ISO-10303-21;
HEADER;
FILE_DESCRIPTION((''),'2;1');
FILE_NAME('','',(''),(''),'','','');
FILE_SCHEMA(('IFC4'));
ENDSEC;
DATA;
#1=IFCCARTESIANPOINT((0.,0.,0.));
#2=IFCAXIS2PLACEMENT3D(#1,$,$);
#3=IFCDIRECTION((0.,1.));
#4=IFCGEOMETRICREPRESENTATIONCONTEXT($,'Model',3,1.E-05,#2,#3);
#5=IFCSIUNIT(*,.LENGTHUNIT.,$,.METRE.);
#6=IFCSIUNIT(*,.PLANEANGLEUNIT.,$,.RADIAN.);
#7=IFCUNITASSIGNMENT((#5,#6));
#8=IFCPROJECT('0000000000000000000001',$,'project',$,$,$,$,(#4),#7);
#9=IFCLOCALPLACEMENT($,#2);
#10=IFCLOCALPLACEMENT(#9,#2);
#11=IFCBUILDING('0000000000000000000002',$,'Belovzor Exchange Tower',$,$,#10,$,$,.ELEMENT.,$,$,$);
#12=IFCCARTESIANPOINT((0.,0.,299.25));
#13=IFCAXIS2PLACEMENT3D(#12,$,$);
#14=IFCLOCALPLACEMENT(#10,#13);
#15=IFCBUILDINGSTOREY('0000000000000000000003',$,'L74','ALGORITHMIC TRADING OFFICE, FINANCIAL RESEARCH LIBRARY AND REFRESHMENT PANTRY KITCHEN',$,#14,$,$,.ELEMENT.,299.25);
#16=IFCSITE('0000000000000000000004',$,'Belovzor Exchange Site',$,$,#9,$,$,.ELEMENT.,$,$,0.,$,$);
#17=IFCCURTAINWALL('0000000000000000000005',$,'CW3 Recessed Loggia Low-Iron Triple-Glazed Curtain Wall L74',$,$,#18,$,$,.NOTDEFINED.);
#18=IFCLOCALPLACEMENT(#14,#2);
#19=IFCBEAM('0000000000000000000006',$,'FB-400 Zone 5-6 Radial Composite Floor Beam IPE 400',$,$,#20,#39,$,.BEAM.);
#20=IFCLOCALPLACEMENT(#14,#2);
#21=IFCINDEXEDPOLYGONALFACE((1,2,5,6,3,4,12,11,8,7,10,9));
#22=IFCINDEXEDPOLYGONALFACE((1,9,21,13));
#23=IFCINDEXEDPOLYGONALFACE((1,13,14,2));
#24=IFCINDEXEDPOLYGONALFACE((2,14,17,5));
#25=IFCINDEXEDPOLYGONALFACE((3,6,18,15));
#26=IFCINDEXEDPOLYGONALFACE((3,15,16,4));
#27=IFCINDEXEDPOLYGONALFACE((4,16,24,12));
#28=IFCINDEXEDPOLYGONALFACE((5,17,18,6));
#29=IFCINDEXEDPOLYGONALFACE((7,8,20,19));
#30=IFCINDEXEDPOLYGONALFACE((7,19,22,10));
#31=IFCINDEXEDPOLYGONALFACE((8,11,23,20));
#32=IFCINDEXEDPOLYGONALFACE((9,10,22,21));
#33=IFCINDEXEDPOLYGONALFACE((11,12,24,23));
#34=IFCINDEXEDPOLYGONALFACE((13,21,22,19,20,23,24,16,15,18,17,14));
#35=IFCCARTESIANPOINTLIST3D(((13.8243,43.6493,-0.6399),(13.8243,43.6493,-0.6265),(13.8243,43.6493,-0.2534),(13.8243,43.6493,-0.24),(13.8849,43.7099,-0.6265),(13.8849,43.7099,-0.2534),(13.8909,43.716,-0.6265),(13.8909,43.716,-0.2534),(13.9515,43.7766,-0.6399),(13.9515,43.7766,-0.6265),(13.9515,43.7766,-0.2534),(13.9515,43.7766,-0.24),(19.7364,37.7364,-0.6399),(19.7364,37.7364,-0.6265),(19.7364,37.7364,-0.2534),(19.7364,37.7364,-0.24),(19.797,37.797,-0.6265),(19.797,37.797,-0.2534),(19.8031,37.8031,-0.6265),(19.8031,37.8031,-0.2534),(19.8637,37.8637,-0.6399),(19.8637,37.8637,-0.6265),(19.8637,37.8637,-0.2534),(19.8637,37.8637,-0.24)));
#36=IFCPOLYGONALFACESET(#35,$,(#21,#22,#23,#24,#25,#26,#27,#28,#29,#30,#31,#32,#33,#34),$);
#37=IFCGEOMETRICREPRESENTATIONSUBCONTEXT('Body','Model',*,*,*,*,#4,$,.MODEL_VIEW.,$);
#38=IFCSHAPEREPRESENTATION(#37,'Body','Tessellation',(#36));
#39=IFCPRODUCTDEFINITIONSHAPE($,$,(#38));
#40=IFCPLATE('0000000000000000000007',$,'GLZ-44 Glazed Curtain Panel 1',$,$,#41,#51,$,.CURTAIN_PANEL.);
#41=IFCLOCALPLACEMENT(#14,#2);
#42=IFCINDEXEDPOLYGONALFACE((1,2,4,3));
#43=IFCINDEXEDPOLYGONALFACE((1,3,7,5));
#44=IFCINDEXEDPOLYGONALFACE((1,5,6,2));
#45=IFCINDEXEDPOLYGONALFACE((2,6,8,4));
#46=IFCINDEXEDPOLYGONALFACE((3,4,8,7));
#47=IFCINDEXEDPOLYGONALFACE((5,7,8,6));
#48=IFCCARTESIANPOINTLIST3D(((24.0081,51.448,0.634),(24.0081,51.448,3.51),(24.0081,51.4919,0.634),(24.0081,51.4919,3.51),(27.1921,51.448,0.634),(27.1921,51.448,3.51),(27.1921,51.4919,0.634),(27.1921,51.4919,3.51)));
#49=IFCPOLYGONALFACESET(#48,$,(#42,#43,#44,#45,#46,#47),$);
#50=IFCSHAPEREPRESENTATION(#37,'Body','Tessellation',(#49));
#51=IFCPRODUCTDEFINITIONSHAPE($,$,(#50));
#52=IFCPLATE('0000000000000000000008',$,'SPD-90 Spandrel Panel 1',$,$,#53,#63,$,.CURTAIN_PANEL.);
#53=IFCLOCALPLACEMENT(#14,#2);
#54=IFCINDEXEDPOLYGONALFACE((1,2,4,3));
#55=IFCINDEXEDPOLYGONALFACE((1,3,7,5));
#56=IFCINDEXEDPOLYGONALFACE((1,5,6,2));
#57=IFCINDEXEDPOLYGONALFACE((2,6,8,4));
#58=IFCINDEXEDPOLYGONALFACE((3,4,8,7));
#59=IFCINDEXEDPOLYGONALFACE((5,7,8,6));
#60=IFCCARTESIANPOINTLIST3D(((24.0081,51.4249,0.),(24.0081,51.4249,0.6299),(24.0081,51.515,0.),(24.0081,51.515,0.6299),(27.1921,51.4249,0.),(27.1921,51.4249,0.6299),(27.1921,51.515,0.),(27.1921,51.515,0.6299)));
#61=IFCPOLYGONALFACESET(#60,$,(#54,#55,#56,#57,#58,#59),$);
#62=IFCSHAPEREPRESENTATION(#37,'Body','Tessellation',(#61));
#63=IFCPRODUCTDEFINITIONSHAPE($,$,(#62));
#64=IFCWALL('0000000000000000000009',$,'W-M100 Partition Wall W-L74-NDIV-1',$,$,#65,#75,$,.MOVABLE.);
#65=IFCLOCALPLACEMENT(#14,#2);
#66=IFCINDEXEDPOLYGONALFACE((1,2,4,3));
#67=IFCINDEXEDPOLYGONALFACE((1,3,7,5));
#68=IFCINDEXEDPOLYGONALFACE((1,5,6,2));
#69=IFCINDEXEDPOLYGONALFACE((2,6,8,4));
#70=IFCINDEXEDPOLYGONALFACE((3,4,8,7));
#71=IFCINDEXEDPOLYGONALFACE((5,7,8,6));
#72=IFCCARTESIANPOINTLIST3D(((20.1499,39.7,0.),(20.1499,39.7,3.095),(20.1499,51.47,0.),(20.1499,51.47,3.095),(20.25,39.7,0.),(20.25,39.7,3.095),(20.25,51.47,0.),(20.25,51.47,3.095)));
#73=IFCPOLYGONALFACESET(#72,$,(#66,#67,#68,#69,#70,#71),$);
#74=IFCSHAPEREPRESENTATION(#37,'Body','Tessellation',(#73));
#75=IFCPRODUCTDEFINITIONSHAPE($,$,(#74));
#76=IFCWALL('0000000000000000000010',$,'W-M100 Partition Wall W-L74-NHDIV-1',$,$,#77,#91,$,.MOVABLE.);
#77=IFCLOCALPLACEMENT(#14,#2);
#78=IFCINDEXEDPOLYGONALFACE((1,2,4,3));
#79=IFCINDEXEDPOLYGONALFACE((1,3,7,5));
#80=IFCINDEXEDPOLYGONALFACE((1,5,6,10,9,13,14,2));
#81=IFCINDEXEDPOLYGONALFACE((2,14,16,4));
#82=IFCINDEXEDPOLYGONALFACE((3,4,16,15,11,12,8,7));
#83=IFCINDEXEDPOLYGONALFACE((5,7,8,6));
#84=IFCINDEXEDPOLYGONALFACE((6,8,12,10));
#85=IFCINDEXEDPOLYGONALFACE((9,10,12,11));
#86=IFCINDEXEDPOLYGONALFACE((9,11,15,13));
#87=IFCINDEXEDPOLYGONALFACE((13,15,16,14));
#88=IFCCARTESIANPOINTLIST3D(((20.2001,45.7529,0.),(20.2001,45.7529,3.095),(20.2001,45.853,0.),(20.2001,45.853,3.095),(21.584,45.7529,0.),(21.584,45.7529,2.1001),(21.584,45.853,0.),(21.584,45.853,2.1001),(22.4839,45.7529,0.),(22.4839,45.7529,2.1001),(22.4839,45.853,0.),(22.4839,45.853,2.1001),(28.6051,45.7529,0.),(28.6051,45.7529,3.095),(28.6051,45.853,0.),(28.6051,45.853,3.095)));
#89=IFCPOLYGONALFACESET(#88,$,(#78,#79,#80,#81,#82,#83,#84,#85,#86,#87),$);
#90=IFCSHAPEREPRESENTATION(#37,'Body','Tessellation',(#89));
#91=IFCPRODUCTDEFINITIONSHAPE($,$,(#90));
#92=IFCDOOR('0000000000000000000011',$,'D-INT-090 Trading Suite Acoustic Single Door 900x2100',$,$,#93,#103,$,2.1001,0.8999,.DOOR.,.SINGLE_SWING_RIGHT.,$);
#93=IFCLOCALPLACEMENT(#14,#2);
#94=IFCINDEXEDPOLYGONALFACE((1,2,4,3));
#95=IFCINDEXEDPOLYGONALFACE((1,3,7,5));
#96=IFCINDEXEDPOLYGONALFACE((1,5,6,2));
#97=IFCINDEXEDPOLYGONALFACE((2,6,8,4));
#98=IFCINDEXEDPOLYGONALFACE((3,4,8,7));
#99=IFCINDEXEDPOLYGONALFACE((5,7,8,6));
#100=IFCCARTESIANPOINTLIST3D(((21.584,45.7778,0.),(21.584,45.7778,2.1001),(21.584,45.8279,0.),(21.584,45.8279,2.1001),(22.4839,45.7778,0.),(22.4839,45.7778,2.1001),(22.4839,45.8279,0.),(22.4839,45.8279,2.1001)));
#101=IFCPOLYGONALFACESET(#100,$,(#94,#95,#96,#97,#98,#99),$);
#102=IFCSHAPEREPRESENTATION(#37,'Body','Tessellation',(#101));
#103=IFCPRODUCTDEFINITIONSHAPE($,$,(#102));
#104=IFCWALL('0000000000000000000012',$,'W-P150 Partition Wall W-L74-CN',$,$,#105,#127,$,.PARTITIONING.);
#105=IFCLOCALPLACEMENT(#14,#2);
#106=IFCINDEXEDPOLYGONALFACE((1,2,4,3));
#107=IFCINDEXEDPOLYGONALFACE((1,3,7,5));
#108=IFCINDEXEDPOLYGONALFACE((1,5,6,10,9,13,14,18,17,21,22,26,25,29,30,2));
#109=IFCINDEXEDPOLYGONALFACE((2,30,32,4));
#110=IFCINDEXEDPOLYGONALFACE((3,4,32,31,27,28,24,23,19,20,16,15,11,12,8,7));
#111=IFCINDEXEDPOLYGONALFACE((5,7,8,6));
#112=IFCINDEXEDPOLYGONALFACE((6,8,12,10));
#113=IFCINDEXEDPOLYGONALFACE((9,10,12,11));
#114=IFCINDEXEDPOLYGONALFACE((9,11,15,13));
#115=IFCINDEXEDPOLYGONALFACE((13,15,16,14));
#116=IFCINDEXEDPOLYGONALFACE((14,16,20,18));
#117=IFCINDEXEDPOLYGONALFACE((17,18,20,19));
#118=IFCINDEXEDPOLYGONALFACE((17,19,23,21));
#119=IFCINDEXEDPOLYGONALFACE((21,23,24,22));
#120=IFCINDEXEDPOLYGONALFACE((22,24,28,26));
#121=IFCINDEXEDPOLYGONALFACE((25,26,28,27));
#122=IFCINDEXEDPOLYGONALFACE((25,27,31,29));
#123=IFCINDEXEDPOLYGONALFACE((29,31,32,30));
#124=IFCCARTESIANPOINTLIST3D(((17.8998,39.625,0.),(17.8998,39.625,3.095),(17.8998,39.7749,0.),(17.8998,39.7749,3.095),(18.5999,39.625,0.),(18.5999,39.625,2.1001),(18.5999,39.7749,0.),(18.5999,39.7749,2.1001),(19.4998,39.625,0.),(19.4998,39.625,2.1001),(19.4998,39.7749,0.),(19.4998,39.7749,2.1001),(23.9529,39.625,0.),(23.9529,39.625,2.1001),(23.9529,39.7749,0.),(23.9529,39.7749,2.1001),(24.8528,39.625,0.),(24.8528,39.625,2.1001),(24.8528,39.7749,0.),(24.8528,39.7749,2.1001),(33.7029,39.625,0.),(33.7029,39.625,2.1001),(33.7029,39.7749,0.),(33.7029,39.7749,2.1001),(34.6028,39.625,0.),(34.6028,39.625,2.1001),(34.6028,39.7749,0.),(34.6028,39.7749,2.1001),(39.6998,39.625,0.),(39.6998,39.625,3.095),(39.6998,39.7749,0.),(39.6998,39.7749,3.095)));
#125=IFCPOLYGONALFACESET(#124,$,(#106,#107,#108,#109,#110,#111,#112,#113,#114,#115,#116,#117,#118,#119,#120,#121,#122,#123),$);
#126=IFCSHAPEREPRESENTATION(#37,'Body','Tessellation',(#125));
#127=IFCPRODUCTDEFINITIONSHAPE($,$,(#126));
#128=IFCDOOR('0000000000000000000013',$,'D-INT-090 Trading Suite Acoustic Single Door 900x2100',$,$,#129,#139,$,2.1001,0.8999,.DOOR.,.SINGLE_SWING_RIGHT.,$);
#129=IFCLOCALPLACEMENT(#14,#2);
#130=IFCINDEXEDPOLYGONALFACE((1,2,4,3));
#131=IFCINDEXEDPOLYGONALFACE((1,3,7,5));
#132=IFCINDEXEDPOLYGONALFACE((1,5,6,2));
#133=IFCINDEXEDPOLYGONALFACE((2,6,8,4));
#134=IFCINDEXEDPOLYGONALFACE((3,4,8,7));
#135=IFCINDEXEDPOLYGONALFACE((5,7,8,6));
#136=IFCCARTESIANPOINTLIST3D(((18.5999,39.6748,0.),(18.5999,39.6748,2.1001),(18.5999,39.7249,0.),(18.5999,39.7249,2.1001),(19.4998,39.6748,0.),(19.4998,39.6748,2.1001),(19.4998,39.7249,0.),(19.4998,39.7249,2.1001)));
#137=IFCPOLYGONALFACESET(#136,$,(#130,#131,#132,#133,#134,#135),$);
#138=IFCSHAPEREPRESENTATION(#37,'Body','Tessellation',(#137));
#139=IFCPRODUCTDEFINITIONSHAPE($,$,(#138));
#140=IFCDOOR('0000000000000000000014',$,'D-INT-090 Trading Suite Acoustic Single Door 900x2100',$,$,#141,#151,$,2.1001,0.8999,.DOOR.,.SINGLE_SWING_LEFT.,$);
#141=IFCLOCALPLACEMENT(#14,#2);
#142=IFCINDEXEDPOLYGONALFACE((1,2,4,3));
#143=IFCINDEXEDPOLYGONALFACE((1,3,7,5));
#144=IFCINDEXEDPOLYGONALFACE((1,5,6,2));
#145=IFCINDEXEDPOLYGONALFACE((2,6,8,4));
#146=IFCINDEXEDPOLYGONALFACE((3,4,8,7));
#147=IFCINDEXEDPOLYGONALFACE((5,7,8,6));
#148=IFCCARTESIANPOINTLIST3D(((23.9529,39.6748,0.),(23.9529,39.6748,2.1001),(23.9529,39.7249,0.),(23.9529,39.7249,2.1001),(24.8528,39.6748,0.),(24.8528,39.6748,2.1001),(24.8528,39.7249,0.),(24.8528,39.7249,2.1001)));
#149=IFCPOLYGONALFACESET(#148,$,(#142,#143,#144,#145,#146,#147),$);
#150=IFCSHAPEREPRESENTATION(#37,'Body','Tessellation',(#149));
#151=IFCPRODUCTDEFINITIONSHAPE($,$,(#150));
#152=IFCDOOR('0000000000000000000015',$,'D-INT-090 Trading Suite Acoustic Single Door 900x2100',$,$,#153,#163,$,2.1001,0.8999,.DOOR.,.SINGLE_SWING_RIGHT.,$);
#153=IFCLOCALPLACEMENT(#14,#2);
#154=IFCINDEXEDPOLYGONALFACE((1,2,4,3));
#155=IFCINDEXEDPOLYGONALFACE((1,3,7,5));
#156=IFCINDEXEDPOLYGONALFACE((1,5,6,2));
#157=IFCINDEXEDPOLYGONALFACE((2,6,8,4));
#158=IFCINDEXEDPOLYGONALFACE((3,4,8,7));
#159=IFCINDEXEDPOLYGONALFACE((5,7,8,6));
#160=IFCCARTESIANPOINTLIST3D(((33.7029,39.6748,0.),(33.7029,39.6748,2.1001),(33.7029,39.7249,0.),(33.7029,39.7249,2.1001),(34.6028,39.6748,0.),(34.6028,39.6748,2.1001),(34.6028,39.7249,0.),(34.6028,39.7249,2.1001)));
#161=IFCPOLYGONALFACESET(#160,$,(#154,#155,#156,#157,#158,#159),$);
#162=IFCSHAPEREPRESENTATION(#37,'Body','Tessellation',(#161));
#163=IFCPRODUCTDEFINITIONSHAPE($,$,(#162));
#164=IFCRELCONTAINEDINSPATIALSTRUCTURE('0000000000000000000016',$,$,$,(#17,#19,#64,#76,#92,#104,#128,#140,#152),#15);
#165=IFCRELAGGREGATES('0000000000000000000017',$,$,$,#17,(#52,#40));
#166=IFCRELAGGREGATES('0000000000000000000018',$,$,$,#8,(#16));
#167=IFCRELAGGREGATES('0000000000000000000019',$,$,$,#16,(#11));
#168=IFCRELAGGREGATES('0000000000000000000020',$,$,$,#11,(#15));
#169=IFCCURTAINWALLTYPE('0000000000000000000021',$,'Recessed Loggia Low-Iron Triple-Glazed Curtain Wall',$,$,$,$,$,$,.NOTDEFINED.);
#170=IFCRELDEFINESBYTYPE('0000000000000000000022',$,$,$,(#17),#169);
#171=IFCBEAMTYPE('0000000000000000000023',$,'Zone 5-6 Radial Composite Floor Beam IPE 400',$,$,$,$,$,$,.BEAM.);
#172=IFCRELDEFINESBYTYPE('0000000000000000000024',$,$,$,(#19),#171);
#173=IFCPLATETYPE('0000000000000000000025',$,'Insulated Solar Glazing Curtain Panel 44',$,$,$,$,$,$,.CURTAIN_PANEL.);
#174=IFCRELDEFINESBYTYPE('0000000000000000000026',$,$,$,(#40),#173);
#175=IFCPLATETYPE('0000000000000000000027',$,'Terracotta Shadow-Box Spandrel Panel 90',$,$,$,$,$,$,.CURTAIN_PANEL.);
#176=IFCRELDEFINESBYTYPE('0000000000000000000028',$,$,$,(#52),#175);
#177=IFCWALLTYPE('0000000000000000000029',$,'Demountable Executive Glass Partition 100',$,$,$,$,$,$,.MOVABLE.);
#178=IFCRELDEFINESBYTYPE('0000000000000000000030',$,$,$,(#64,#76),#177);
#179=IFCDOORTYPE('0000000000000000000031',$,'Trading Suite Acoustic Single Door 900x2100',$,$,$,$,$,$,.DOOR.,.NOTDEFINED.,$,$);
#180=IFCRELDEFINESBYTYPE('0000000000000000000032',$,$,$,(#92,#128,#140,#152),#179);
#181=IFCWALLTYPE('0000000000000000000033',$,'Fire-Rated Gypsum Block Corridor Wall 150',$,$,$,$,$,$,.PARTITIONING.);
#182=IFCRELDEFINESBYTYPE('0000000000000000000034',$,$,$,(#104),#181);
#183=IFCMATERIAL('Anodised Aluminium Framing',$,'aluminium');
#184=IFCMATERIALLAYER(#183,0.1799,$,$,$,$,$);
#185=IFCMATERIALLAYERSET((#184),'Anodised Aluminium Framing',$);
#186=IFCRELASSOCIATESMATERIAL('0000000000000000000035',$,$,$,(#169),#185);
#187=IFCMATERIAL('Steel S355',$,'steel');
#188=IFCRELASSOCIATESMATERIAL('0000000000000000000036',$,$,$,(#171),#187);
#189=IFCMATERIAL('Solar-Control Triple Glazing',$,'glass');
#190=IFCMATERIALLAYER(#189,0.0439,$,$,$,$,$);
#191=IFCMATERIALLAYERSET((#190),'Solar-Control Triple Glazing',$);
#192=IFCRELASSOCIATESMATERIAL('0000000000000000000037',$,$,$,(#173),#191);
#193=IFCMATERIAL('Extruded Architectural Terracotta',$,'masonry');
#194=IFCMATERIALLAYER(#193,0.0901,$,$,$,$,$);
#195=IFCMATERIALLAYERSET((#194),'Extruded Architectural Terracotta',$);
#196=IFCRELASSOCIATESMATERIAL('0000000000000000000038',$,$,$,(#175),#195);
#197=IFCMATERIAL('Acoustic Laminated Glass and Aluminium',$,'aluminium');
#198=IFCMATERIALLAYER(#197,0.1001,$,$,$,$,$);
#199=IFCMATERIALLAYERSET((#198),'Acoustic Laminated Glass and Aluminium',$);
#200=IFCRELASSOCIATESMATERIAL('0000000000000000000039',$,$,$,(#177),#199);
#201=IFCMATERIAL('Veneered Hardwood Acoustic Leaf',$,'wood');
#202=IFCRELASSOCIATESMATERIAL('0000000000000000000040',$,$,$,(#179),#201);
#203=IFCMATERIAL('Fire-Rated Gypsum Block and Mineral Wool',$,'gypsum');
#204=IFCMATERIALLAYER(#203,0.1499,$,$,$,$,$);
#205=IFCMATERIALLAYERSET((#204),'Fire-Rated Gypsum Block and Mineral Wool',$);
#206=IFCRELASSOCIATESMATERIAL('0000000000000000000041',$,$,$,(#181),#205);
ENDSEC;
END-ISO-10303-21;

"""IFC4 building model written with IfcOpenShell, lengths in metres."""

from ifc_helpers import new_model, si_unit, direction, frame, frame_2d, origin, origin_2d, place, context, subcontext, project, spatial, rectangle, i_section, extrude, material, layer, layer_set, material_profile, profile_set, type_object, element, fill, aggregate, save


model = new_model("IFC4")

# Units and contexts
model_context = context("Model", 3, precision=1e-05, world=origin(), true_north=direction((0.0, 1.0)))
body_context = subcontext(model_context, "Body", "Model", "MODEL_VIEW")
ifc_project = project(units=[si_unit("LENGTHUNIT", "METRE"), si_unit("PLANEANGLEUNIT", "RADIAN")], contexts=[model_context])

# Site, building, storey
site_placement = place(None, origin())
site = spatial("IfcSite", under=ifc_project, at=site_placement, Name="Belovzor Exchange Site", CompositionType="ELEMENT", RefElevation=0.0)
building_placement = place(site_placement, origin())
building = spatial("IfcBuilding", under=site, at=building_placement, Name="Belovzor Exchange Tower", CompositionType="ELEMENT")
storey_placement = place(building_placement, frame((0.0, 0.0, 299.25)))
storey = spatial("IfcBuildingStorey", under=building, at=storey_placement, Name="L74", Description="ALGORITHMIC TRADING OFFICE, FINANCIAL RESEARCH LIBRARY AND REFRESHMENT PANTRY KITCHEN", CompositionType="ELEMENT", Elevation=299.25)

# Curtain wall
ifc_material_1 = material(Name="Anodised Aluminium Framing", Category="aluminium")
ifc_layer_1 = layer(ifc_material_1, 0.1799)
ifc_layer_set_1 = layer_set([ifc_layer_1], Name="Anodised Aluminium Framing")
curtain_wall_type = type_object("IfcCurtainWallType", Name="Recessed Loggia Low-Iron Triple-Glazed Curtain Wall", PredefinedType="NOTDEFINED", material=ifc_layer_set_1)
curtain_wall_placement = place(storey_placement, origin())
curtain_wall = element("IfcCurtainWall", 1, at=curtain_wall_placement, inside=storey, type_object=curtain_wall_type, Name="CW3 Recessed Loggia Low-Iron Triple-Glazed Curtain Wall L74", PredefinedType="NOTDEFINED")

# Beam
ifc_material_2 = material(Name="Steel S355", Category="steel")
ifc_material_profile_1 = material_profile(ifc_material_2, i_section(OverallWidth=0.1799, OverallDepth=0.3999, WebThickness=0.0085, FlangeThickness=0.0134, at=origin_2d()))
ifc_profile_set_1 = profile_set([ifc_material_profile_1], Name="Steel S355")
beam_type_1 = type_object("IfcBeamType", Name="Zone 5-6 Radial Composite Floor Beam IPE 400", PredefinedType="BEAM", material=ifc_profile_set_1)
beam_1_placement = place(storey_placement, frame((19.8, 37.8, -0.4399), z_axis=(-0.707063, 0.707151, 0.0), x_axis=(-0.707151, -0.707063, 0.0)))
element("IfcBeam", 2, at=beam_1_placement, inside=storey, type_object=beam_type_1, Name="FB-400 Zone 5-6 Radial Composite Floor Beam IPE 400", PredefinedType="BEAM", context=body_context, shape_type="SweptSolid", body=[
    extrude(i_section(OverallWidth=0.1799, OverallDepth=0.3999, WebThickness=0.0085, FlangeThickness=0.0134, at=origin_2d()), origin(), (0.0, 0.0, 1.0), 8.3616),
])

# Plates
ifc_material_3 = material(Name="Solar-Control Triple Glazing", Category="glass")
ifc_layer_2 = layer(ifc_material_3, 0.0439)
ifc_layer_set_2 = layer_set([ifc_layer_2], Name="Solar-Control Triple Glazing")
plate_type_1 = type_object("IfcPlateType", Name="Insulated Solar Glazing Curtain Panel 44", PredefinedType="CURTAIN_PANEL", material=ifc_layer_set_2)
plate_1_placement = place(storey_placement, frame((25.6001, 51.47, 0.634), z_axis=(0.0, 0.0, 1.0), x_axis=(1.0, 0.0, 0.0)))
plate_1 = element("IfcPlate", 3, at=plate_1_placement, type_object=plate_type_1, Name="GLZ-44 Glazed Curtain Panel 1", PredefinedType="CURTAIN_PANEL", context=body_context, shape_type="SweptSolid", body=[
    extrude(rectangle(XDim=3.1841, YDim=0.0439, at=origin_2d()), origin(), (0.0, 0.0, 1.0), 2.876),
])
ifc_material_4 = material(Name="Extruded Architectural Terracotta", Category="masonry")
ifc_layer_3 = layer(ifc_material_4, 0.0901)
ifc_layer_set_3 = layer_set([ifc_layer_3], Name="Extruded Architectural Terracotta")
plate_type_2 = type_object("IfcPlateType", Name="Terracotta Shadow-Box Spandrel Panel 90", PredefinedType="CURTAIN_PANEL", material=ifc_layer_set_3)
plate_2_placement = place(storey_placement, frame((25.6001, 51.47, 0.0), z_axis=(0.0, 0.0, 1.0), x_axis=(1.0, 0.0, 0.0)))
plate_2 = element("IfcPlate", 4, at=plate_2_placement, type_object=plate_type_2, Name="SPD-90 Spandrel Panel 1", PredefinedType="CURTAIN_PANEL", context=body_context, shape_type="SweptSolid", body=[
    extrude(rectangle(XDim=3.1841, YDim=0.0901, at=origin_2d()), origin(), (0.0, 0.0, 1.0), 0.6299),
])
aggregate(curtain_wall, [plate_2, plate_1])

# Wall
ifc_material_5 = material(Name="Acoustic Laminated Glass and Aluminium", Category="aluminium")
ifc_layer_4 = layer(ifc_material_5, 0.1001)
ifc_layer_set_4 = layer_set([ifc_layer_4], Name="Acoustic Laminated Glass and Aluminium")
wall_type_1 = type_object("IfcWallType", Name="Demountable Executive Glass Partition 100", PredefinedType="MOVABLE", material=ifc_layer_set_4)
wall_1_placement = place(storey_placement, frame((20.2, 39.7, 0.0), z_axis=(0.0, 0.0, 1.0), x_axis=(0.0, 1.0, 0.0)))
element("IfcWall", 5, at=wall_1_placement, inside=storey, type_object=wall_type_1, Name="W-M100 Partition Wall W-L74-NDIV-1", PredefinedType="MOVABLE", context=body_context, shape_type="SweptSolid", body=[
    extrude(rectangle(XDim=11.77, YDim=0.1001, at=frame_2d((5.885, 0.0))), origin(), (0.0, 0.0, 1.0), 3.095),
])

# Wall, opening, door
wall_2_placement = place(storey_placement, frame((20.2, 45.803, 0.0), z_axis=(0.0, 0.0, 1.0), x_axis=(1.0, 0.0, 0.0)))
wall_2 = element("IfcWall", 6, at=wall_2_placement, inside=storey, type_object=wall_type_1, Name="W-M100 Partition Wall W-L74-NHDIV-1", PredefinedType="MOVABLE", context=body_context, shape_type="SweptSolid", body=[
    extrude(rectangle(XDim=8.405, YDim=0.1001, at=frame_2d((4.2026, 0.0))), origin(), (0.0, 0.0, 1.0), 3.095),
])
opening_1_placement = place(wall_2_placement, frame((1.384, 0.0, 0.0)))
opening_1 = element("IfcOpeningElement", 7, at=opening_1_placement, cuts=wall_2, PredefinedType="OPENING", context=body_context, shape_type="SweptSolid", body=[
    extrude(rectangle(XDim=0.8999, YDim=2.1001, at=frame_2d((0.45, 1.05))), frame((0.0, 0.0601, 0.0), z_axis=(0.0, -1.0, 0.0), x_axis=(1.0, 0.0, 0.0)), (0.0, 0.0, 1.0), 0.1201),
])
ifc_material_6 = material(Name="Veneered Hardwood Acoustic Leaf", Category="wood")
door_type_1 = type_object("IfcDoorType", Name="Trading Suite Acoustic Single Door 900x2100", OperationType="NOTDEFINED", PredefinedType="DOOR", material=ifc_material_6)
door_1_placement = place(opening_1_placement, origin())
door_1 = element("IfcDoor", 8, at=door_1_placement, inside=storey, type_object=door_type_1, Name="D-INT-090 Trading Suite Acoustic Single Door 900x2100", OperationType="SINGLE_SWING_RIGHT", OverallHeight=2.1001, OverallWidth=0.8999, PredefinedType="DOOR", context=body_context, shape_type="SweptSolid", body=[
    extrude(rectangle(XDim=0.8999, YDim=2.1001, at=frame_2d((0.45, 1.05))), frame((0.0, 0.0249, 0.0), z_axis=(0.0, -1.0, 0.0), x_axis=(1.0, 0.0, 0.0)), (0.0, 0.0, 1.0), 0.05),
])
fill(opening_1, door_1)

# Wall, openings, doors
ifc_material_7 = material(Name="Fire-Rated Gypsum Block and Mineral Wool", Category="gypsum")
ifc_layer_5 = layer(ifc_material_7, 0.1499)
ifc_layer_set_5 = layer_set([ifc_layer_5], Name="Fire-Rated Gypsum Block and Mineral Wool")
wall_type_2 = type_object("IfcWallType", Name="Fire-Rated Gypsum Block Corridor Wall 150", PredefinedType="PARTITIONING", material=ifc_layer_set_5)
wall_3_placement = place(storey_placement, frame((17.8999, 39.7, 0.0), z_axis=(0.0, 0.0, 1.0), x_axis=(1.0, 0.0, 0.0)))
wall_3 = element("IfcWall", 9, at=wall_3_placement, inside=storey, type_object=wall_type_2, Name="W-P150 Partition Wall W-L74-CN", PredefinedType="PARTITIONING", context=body_context, shape_type="SweptSolid", body=[
    extrude(rectangle(XDim=21.8, YDim=0.1499, at=frame_2d((10.8999, 0.0))), origin(), (0.0, 0.0, 1.0), 3.095),
])
opening_2_placement = place(wall_3_placement, frame((0.7, 0.0, 0.0)))
opening_2 = element("IfcOpeningElement", 10, at=opening_2_placement, cuts=wall_3, PredefinedType="OPENING", context=body_context, shape_type="SweptSolid", body=[
    extrude(rectangle(XDim=0.8999, YDim=2.1001, at=frame_2d((0.45, 1.05))), frame((0.0, 0.085, 0.0), z_axis=(0.0, -1.0, 0.0), x_axis=(1.0, 0.0, 0.0)), (0.0, 0.0, 1.0), 0.1699),
])
opening_3_placement = place(wall_3_placement, frame((6.053, 0.0, 0.0)))
opening_3 = element("IfcOpeningElement", 11, at=opening_3_placement, cuts=wall_3, PredefinedType="OPENING", context=body_context, shape_type="SweptSolid", body=[
    extrude(rectangle(XDim=0.8999, YDim=2.1001, at=frame_2d((0.45, 1.05))), frame((0.0, 0.085, 0.0), z_axis=(0.0, -1.0, 0.0), x_axis=(1.0, 0.0, 0.0)), (0.0, 0.0, 1.0), 0.1699),
])
opening_4_placement = place(wall_3_placement, frame((15.803, 0.0, 0.0)))
opening_4 = element("IfcOpeningElement", 12, at=opening_4_placement, cuts=wall_3, PredefinedType="OPENING", context=body_context, shape_type="SweptSolid", body=[
    extrude(rectangle(XDim=0.8999, YDim=2.1001, at=frame_2d((0.45, 1.05))), frame((0.0, 0.085, 0.0), z_axis=(0.0, -1.0, 0.0), x_axis=(1.0, 0.0, 0.0)), (0.0, 0.0, 1.0), 0.1699),
])
door_2_placement = place(opening_2_placement, origin())
door_2 = element("IfcDoor", 13, at=door_2_placement, inside=storey, type_object=door_type_1, Name="D-INT-090 Trading Suite Acoustic Single Door 900x2100", OperationType="SINGLE_SWING_RIGHT", OverallHeight=2.1001, OverallWidth=0.8999, PredefinedType="DOOR", context=body_context, shape_type="SweptSolid", body=[
    extrude(rectangle(XDim=0.8999, YDim=2.1001, at=frame_2d((0.45, 1.05))), frame((0.0, 0.0249, 0.0), z_axis=(0.0, -1.0, 0.0), x_axis=(1.0, 0.0, 0.0)), (0.0, 0.0, 1.0), 0.05),
])
fill(opening_2, door_2)
door_3_placement = place(opening_3_placement, origin())
door_3 = element("IfcDoor", 14, at=door_3_placement, inside=storey, type_object=door_type_1, Name="D-INT-090 Trading Suite Acoustic Single Door 900x2100", OperationType="SINGLE_SWING_LEFT", OverallHeight=2.1001, OverallWidth=0.8999, PredefinedType="DOOR", context=body_context, shape_type="SweptSolid", body=[
    extrude(rectangle(XDim=0.8999, YDim=2.1001, at=frame_2d((0.45, 1.05))), frame((0.0, 0.0249, 0.0), z_axis=(0.0, -1.0, 0.0), x_axis=(1.0, 0.0, 0.0)), (0.0, 0.0, 1.0), 0.05),
])
fill(opening_3, door_3)
door_4_placement = place(opening_4_placement, origin())
door_4 = element("IfcDoor", 15, at=door_4_placement, inside=storey, type_object=door_type_1, Name="D-INT-090 Trading Suite Acoustic Single Door 900x2100", OperationType="SINGLE_SWING_RIGHT", OverallHeight=2.1001, OverallWidth=0.8999, PredefinedType="DOOR", context=body_context, shape_type="SweptSolid", body=[
    extrude(rectangle(XDim=0.8999, YDim=2.1001, at=frame_2d((0.45, 1.05))), frame((0.0, 0.0249, 0.0), z_axis=(0.0, -1.0, 0.0), x_axis=(1.0, 0.0, 0.0)), (0.0, 0.0, 1.0), 0.05),
])
fill(opening_4, door_4)

save(model, "model.ifc")
